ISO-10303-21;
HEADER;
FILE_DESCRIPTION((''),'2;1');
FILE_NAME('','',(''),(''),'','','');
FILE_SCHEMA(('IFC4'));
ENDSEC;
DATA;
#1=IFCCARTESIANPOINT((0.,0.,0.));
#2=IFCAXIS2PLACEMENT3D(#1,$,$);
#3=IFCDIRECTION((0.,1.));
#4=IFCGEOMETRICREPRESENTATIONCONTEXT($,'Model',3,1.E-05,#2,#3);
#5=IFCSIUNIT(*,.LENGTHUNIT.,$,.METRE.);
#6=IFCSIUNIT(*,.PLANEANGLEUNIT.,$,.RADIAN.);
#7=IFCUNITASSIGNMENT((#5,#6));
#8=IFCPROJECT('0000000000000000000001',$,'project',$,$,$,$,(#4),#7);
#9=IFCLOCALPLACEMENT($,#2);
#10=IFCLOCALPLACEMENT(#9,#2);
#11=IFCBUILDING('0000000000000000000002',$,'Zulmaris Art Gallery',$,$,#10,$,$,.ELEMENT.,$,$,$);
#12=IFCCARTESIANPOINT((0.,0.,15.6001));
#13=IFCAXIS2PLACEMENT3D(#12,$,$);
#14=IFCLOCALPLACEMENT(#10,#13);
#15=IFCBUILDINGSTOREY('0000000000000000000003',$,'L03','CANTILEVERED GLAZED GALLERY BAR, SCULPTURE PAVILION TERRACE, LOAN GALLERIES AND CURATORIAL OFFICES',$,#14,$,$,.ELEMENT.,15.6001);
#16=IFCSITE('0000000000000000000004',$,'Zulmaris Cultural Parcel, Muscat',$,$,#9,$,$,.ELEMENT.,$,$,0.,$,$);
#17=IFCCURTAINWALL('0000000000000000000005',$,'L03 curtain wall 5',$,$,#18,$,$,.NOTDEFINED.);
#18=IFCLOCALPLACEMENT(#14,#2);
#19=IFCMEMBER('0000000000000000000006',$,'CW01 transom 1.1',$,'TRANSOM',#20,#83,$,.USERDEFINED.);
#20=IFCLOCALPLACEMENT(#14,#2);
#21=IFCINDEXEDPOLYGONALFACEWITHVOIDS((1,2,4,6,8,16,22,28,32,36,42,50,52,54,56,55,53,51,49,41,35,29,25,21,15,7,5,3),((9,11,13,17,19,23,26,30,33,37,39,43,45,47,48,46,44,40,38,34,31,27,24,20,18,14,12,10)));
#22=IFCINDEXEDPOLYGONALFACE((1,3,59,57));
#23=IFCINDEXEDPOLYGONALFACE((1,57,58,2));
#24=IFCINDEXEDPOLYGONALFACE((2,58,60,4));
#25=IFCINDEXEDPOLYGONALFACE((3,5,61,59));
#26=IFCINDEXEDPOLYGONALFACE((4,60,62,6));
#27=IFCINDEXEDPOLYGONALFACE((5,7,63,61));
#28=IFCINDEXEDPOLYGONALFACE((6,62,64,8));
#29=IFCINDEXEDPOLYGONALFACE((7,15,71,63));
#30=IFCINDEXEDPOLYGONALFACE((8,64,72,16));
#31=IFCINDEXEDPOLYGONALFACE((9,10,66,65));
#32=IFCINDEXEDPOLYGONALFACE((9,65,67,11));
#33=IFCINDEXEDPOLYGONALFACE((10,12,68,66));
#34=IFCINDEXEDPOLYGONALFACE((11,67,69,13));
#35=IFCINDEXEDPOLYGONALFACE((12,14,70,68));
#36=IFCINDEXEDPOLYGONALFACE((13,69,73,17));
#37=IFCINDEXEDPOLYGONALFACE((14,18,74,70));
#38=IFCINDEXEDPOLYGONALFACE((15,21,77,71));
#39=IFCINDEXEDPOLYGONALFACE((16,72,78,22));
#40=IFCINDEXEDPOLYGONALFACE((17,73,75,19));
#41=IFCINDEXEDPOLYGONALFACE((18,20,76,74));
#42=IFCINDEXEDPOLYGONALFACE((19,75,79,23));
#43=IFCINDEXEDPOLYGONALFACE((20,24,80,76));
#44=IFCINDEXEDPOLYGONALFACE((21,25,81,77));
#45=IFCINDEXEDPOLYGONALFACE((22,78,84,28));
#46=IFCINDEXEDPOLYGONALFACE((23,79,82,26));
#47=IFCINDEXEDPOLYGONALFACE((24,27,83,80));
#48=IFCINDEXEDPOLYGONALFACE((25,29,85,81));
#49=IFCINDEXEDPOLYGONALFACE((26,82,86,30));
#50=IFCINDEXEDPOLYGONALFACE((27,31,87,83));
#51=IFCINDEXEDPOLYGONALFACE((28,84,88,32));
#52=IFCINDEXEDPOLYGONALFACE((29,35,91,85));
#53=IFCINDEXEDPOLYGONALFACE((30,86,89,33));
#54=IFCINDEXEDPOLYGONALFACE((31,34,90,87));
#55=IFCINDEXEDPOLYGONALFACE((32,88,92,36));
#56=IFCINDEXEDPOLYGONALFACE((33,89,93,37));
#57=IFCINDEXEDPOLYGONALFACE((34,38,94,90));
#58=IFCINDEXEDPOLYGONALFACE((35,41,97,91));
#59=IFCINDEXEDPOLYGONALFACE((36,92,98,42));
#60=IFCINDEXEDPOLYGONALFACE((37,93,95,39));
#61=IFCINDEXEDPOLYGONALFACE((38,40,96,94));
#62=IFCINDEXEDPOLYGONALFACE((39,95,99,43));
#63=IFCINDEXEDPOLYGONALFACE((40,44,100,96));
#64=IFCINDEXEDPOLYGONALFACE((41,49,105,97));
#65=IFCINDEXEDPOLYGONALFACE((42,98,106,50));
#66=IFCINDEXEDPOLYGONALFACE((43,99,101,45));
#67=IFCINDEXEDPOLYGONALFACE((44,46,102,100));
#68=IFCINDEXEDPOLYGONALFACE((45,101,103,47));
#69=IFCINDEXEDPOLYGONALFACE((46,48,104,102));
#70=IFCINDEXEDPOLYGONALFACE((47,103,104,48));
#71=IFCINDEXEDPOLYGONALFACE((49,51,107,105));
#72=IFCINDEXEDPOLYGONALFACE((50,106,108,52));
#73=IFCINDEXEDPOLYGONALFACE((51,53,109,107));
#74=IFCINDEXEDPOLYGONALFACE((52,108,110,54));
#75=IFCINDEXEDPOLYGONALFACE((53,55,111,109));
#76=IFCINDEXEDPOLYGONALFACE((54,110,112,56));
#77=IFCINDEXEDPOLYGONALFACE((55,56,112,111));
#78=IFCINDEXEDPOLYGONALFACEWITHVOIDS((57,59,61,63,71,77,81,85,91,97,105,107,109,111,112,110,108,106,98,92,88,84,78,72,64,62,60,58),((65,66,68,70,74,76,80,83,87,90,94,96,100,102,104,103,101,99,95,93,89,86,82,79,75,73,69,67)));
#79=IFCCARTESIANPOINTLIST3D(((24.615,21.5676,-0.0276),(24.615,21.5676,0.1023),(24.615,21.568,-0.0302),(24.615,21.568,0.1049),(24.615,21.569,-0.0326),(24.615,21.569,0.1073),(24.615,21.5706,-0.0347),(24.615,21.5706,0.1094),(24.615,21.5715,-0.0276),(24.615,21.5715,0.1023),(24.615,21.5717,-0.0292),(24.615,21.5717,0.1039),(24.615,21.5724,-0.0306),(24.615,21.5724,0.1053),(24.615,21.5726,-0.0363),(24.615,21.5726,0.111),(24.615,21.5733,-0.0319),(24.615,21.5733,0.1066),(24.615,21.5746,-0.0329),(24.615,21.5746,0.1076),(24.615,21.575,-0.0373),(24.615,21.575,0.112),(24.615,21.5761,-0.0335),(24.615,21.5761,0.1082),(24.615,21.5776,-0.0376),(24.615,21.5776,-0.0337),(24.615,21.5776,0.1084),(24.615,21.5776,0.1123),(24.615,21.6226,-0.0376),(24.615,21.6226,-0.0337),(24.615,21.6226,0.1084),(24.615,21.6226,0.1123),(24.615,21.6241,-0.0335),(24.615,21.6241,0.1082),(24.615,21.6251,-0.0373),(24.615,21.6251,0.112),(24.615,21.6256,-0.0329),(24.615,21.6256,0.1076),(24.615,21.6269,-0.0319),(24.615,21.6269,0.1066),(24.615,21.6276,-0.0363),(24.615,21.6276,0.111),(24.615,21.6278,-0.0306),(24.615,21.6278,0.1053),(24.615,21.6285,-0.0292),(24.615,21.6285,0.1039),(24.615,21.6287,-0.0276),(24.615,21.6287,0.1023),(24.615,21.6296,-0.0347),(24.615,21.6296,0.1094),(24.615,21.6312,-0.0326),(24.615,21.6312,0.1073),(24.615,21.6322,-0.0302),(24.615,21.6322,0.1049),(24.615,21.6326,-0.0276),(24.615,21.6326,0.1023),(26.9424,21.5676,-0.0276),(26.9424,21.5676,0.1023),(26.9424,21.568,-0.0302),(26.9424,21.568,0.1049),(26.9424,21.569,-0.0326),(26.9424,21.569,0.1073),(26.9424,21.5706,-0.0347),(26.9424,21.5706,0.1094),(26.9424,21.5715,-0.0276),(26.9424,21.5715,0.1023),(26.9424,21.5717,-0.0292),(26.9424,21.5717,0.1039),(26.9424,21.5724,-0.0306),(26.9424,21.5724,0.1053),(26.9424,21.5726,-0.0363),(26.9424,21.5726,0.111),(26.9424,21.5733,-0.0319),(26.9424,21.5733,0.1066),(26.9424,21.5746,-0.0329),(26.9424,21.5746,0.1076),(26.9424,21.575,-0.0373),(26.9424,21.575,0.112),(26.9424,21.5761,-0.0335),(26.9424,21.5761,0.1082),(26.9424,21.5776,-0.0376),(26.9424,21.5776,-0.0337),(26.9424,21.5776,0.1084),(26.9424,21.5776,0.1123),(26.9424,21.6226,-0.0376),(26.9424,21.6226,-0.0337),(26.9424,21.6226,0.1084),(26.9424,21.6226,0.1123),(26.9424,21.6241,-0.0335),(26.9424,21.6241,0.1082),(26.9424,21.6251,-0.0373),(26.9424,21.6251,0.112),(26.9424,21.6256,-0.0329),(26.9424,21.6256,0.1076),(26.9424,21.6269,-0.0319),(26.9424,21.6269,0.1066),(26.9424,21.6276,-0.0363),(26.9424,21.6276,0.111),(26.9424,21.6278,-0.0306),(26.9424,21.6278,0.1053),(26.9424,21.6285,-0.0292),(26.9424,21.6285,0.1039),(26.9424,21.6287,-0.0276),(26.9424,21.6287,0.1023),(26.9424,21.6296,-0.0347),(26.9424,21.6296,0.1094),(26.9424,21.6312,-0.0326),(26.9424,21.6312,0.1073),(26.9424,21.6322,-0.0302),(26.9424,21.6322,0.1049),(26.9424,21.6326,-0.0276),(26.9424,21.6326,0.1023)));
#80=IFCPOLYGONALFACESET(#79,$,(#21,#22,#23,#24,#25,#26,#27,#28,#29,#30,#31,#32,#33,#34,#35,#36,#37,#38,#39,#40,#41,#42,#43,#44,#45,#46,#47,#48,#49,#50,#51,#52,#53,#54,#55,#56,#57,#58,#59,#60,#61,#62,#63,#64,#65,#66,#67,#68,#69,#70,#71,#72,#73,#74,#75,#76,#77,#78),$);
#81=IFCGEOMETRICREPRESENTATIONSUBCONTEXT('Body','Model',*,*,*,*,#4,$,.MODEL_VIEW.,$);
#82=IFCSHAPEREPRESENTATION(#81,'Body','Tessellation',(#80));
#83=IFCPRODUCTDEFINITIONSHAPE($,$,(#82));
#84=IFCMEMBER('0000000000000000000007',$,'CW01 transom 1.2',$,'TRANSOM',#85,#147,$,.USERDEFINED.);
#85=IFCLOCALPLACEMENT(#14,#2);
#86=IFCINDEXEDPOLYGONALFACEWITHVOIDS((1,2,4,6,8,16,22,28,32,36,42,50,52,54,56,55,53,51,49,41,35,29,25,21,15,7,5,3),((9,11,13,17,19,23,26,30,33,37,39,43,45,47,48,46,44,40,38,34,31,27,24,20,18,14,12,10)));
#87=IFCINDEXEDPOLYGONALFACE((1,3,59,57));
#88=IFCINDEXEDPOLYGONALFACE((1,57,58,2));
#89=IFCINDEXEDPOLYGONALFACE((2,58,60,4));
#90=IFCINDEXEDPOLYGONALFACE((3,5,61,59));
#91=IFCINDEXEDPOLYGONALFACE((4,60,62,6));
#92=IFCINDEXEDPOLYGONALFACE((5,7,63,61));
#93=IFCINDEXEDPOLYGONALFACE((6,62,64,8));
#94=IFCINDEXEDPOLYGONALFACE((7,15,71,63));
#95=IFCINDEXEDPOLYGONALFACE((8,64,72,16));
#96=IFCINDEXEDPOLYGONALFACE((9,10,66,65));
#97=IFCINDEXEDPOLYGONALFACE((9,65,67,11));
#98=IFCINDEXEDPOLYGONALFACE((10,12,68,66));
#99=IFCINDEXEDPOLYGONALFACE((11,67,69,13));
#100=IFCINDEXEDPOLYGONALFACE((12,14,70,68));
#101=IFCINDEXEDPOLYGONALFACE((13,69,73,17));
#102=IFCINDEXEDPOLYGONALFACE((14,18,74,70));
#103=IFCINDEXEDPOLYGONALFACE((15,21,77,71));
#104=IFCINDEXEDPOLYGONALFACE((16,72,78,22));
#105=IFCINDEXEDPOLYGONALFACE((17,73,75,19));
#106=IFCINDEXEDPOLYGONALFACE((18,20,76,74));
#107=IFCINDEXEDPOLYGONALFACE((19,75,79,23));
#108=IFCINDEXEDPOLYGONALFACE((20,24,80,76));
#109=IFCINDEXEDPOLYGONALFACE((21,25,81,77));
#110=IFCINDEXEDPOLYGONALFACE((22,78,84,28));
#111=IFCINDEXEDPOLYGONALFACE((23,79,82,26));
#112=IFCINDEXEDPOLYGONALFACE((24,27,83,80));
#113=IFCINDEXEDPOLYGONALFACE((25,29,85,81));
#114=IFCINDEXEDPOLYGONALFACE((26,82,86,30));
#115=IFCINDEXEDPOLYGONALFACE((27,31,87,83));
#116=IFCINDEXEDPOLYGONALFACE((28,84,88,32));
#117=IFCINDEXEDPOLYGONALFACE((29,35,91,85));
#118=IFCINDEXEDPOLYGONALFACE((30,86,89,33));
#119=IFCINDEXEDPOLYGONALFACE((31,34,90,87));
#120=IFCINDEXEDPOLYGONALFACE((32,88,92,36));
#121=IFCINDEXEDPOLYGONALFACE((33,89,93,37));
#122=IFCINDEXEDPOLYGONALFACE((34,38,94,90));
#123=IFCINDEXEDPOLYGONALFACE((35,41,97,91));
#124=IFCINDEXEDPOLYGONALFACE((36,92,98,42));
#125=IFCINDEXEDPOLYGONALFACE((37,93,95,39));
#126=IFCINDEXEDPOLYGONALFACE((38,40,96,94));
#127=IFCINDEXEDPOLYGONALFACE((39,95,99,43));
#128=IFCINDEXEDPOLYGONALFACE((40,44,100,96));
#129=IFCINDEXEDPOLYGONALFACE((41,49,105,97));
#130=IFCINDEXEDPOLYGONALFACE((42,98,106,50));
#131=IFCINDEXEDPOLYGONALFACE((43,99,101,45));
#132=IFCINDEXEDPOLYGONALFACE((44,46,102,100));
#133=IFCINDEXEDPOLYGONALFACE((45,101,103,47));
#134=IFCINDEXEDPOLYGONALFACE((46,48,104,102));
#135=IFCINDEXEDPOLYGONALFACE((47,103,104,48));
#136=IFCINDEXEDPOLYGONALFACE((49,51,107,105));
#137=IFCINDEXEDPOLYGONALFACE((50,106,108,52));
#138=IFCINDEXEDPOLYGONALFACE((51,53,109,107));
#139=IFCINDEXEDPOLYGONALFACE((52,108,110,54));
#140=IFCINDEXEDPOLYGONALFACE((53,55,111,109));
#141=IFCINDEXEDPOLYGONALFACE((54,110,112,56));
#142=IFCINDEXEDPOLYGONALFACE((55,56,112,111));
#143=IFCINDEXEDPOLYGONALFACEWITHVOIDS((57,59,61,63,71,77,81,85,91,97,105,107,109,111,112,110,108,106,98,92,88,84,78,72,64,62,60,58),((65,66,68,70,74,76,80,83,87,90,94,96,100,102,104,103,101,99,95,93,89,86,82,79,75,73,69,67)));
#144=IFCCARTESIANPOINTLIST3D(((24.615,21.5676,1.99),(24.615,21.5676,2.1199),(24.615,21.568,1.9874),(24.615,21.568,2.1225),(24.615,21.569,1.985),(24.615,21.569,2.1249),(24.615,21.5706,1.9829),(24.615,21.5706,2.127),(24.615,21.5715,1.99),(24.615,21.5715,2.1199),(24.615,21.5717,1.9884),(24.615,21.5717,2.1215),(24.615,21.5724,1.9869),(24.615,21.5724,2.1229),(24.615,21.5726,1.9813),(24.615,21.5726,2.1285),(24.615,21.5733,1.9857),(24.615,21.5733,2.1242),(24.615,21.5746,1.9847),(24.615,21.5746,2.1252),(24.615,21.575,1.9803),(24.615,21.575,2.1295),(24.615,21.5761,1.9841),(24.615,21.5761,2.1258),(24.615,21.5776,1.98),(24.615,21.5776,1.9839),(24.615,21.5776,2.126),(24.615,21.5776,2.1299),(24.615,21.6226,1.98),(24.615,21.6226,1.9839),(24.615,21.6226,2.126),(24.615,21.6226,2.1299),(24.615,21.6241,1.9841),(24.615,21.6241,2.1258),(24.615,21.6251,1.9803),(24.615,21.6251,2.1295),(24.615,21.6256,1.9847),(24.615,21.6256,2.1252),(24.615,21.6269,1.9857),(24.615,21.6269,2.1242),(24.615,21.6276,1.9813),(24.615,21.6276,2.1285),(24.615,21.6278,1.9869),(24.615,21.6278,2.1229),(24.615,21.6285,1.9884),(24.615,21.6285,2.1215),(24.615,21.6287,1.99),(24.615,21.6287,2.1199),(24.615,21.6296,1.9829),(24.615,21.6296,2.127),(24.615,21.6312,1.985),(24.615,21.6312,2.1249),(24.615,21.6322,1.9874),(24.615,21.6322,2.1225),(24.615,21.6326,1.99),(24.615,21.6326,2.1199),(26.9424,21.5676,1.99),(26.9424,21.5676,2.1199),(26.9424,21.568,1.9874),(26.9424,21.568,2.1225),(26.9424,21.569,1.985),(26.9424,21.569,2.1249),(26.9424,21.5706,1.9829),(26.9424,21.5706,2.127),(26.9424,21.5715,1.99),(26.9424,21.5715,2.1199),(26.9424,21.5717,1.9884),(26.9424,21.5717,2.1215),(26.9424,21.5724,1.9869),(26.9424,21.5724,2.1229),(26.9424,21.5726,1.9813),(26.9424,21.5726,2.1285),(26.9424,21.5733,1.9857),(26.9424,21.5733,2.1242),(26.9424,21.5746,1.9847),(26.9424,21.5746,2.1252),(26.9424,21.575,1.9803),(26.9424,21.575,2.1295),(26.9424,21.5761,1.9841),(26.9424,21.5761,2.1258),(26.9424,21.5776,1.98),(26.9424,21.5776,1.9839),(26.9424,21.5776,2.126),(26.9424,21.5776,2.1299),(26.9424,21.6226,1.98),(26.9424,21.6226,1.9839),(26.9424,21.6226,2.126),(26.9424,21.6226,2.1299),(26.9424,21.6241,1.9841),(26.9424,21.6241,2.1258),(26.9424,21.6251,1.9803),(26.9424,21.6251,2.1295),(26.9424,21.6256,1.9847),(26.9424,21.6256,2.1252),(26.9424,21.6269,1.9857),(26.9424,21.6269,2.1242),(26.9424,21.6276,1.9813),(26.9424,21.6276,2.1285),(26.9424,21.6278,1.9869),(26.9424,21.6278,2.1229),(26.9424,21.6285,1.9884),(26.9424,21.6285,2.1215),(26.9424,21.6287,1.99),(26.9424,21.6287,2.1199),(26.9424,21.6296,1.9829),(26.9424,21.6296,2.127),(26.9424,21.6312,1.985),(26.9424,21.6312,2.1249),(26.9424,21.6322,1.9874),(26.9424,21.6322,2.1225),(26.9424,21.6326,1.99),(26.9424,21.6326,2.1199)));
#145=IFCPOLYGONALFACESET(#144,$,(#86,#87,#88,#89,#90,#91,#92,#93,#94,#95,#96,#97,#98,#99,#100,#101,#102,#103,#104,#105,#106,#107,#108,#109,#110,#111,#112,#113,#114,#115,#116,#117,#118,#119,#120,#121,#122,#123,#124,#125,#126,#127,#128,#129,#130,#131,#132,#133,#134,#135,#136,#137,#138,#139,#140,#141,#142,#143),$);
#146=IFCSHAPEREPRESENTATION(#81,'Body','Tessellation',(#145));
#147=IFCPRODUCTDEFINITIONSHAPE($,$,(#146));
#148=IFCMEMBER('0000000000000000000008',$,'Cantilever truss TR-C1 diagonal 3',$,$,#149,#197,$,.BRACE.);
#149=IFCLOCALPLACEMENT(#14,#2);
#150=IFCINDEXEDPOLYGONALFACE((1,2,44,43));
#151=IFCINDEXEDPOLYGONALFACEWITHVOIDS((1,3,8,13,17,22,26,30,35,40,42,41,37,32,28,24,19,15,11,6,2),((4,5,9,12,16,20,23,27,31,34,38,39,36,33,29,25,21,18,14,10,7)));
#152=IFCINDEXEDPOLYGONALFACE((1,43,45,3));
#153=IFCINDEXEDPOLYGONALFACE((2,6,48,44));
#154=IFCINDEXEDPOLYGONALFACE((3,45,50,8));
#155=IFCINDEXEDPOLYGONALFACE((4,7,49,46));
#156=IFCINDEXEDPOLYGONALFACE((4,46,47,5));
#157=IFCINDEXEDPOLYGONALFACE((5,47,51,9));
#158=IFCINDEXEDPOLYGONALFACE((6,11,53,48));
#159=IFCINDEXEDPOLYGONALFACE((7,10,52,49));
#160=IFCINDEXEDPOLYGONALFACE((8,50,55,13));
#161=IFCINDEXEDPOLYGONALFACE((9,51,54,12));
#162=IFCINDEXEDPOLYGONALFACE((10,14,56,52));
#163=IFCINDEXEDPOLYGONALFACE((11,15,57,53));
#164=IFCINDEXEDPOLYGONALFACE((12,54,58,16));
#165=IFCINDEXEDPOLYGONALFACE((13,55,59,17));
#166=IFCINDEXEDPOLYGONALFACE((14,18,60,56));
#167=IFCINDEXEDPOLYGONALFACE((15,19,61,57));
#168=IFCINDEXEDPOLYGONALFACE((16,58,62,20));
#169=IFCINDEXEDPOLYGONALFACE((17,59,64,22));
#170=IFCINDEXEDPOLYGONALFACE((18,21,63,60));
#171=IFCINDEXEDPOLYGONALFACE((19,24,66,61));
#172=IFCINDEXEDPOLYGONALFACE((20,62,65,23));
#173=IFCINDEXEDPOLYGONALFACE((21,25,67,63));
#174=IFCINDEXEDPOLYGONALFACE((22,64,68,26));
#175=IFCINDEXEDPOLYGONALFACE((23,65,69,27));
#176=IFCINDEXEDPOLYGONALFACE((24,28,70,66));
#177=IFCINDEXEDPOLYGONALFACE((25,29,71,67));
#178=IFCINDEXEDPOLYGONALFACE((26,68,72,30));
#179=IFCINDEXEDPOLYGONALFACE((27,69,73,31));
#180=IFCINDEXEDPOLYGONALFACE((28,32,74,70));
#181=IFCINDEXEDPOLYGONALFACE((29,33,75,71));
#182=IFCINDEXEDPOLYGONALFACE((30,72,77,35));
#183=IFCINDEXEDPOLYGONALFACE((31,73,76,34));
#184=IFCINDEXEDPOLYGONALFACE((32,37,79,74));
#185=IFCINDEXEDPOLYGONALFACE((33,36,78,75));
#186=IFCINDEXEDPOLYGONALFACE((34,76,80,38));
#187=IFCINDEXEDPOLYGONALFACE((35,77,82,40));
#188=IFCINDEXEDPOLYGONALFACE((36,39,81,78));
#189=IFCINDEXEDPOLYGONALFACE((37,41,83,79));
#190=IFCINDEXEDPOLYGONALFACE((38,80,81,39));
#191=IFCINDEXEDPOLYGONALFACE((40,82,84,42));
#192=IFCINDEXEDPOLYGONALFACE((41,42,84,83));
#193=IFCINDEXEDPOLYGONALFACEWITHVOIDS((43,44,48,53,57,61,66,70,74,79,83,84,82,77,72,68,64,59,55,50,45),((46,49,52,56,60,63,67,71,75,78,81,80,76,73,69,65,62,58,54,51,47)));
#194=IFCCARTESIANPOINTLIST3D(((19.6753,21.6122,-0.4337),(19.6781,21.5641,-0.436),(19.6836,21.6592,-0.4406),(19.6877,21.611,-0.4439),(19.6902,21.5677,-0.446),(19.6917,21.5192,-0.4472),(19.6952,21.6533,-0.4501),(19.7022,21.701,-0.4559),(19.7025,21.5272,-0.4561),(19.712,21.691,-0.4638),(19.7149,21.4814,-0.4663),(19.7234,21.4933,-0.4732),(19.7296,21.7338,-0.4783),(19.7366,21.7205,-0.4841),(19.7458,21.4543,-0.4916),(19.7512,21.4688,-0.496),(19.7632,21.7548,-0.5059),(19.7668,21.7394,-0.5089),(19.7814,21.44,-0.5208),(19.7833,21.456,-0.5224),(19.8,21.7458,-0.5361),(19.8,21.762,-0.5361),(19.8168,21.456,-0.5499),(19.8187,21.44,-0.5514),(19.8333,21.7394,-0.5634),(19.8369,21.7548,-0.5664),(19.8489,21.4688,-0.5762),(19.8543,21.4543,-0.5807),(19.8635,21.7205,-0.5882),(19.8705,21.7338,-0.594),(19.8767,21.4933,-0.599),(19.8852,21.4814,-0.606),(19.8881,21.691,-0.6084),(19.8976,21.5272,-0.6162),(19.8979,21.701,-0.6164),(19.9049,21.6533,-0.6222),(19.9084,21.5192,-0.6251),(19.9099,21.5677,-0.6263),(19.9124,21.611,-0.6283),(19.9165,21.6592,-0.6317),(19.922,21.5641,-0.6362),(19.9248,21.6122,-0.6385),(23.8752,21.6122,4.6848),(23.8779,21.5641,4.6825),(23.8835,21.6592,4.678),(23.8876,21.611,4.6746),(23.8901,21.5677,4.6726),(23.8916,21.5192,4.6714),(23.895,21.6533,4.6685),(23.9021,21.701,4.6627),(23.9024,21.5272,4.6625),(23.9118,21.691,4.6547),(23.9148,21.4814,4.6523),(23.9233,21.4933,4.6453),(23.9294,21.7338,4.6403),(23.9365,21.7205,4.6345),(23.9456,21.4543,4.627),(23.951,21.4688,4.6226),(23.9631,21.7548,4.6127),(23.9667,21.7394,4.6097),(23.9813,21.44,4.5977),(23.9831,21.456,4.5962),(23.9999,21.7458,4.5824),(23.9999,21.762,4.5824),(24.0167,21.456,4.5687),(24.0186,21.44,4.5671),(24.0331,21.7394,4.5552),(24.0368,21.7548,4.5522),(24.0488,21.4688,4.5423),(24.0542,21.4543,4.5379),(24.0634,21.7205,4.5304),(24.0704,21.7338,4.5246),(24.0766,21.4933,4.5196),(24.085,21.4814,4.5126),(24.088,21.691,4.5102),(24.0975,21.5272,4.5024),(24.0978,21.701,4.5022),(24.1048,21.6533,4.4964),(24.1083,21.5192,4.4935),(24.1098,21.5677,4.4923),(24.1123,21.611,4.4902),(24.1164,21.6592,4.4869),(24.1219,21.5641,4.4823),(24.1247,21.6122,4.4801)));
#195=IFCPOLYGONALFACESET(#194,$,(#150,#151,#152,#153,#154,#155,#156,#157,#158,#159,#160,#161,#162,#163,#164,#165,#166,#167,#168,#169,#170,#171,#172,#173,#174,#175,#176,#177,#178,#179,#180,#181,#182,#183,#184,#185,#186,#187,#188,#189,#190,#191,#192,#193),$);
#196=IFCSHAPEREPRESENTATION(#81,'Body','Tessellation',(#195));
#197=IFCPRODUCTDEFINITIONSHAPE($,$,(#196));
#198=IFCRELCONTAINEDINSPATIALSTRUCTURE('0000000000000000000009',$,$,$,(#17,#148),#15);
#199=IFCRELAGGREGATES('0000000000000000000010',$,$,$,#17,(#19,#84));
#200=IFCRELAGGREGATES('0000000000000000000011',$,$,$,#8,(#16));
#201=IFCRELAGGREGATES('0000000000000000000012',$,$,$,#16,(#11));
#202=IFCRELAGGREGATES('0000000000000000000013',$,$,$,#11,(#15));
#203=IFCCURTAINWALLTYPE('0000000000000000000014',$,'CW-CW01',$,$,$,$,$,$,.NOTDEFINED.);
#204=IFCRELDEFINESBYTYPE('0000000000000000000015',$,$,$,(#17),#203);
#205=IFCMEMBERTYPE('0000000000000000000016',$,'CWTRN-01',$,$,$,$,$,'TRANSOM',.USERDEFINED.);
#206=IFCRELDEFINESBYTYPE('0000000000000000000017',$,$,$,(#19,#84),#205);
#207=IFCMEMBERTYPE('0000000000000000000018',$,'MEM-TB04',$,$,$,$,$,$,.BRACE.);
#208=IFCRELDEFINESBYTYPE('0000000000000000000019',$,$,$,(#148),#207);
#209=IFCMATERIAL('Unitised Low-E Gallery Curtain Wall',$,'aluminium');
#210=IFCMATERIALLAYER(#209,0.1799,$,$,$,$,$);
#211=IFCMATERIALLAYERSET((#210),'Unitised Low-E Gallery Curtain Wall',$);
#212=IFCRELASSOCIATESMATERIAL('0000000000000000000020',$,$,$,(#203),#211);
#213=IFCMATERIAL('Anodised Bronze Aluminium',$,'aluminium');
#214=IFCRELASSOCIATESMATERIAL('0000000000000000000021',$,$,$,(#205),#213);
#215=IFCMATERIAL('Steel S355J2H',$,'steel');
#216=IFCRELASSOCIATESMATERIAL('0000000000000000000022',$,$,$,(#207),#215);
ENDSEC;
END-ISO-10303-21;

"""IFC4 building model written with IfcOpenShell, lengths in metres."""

from ifc_helpers import new_model, si_unit, direction, frame, origin, origin_2d, place, context, subcontext, project, spatial, hollow_rectangle, hollow_circle, extrude, material, layer, layer_set, material_profile, profile_set, type_object, element, aggregate, save


model = new_model("IFC4")

# Units and contexts
model_context = context("Model", 3, precision=1e-05, world=origin(), true_north=direction((0.0, 1.0)))
body_context = subcontext(model_context, "Body", "Model", "MODEL_VIEW")
ifc_project = project(units=[si_unit("LENGTHUNIT", "METRE"), si_unit("PLANEANGLEUNIT", "RADIAN")], contexts=[model_context])

# Site, building, storey
site_placement = place(None, origin())
site = spatial("IfcSite", under=ifc_project, at=site_placement, Name="Zulmaris Cultural Parcel, Muscat", CompositionType="ELEMENT", RefElevation=0.0)
building_placement = place(site_placement, origin())
building = spatial("IfcBuilding", under=site, at=building_placement, Name="Zulmaris Art Gallery", CompositionType="ELEMENT")
storey_placement = place(building_placement, frame((0.0, 0.0, 15.6001)))
storey = spatial("IfcBuildingStorey", under=building, at=storey_placement, Name="L03", Description="CANTILEVERED GLAZED GALLERY BAR, SCULPTURE PAVILION TERRACE, LOAN GALLERIES AND CURATORIAL OFFICES", CompositionType="ELEMENT", Elevation=15.6001)

# Shared definitions
ifc_material_1 = material(Name="Unitised Low-E Gallery Curtain Wall", Category="aluminium")
ifc_layer_1 = layer(ifc_material_1, 0.1799)
ifc_layer_set_1 = layer_set([ifc_layer_1], Name="Unitised Low-E Gallery Curtain Wall")
curtain_wall_type = type_object("IfcCurtainWallType", Name="CW-CW01", PredefinedType="NOTDEFINED", material=ifc_layer_set_1)
ifc_material_2 = material(Name="Anodised Bronze Aluminium", Category="aluminium")

# Curtain wall
curtain_wall_1_placement = place(storey_placement, origin())
curtain_wall_1 = element("IfcCurtainWall", 1, at=curtain_wall_1_placement, inside=storey, type_object=curtain_wall_type, Name="L03 curtain wall 5", PredefinedType="NOTDEFINED")

# Members
ifc_material_profile_1 = material_profile(ifc_material_2, hollow_rectangle(XDim=0.0649, YDim=0.1499, WallThickness=0.0039, InnerFilletRadius=0.0061, OuterFilletRadius=0.01, at=origin_2d()), Name="ALU 65x150x4")
ifc_profile_set_1 = profile_set([ifc_material_profile_1], Name="Anodised Bronze Aluminium")
member_type_1 = type_object("IfcMemberType", Name="CWTRN-01", ElementType="TRANSOM", PredefinedType="USERDEFINED", material=ifc_profile_set_1)
member_1_placement = place(storey_placement, frame((24.615, 21.6001, 0.0374), z_axis=(1.0, 0.0, 0.0), x_axis=(0.0, 1.0, 0.0)))
member_1 = element("IfcMember", 2, at=member_1_placement, type_object=member_type_1, Name="CW01 transom 1.1", ObjectType="TRANSOM", PredefinedType="USERDEFINED", context=body_context, shape_type="SweptSolid", body=[
    extrude(hollow_rectangle(XDim=0.0649, YDim=0.1499, WallThickness=0.0039, InnerFilletRadius=0.0061, OuterFilletRadius=0.01, at=origin_2d()), origin(), (0.0, 0.0, 1.0), 2.3274),
])
member_2_placement = place(storey_placement, frame((24.615, 21.6001, 2.0549), z_axis=(1.0, 0.0, 0.0), x_axis=(0.0, 1.0, 0.0)))
member_2 = element("IfcMember", 3, at=member_2_placement, type_object=member_type_1, Name="CW01 transom 1.2", ObjectType="TRANSOM", PredefinedType="USERDEFINED", context=body_context, shape_type="SweptSolid", body=[
    extrude(hollow_rectangle(XDim=0.0649, YDim=0.1499, WallThickness=0.0039, InnerFilletRadius=0.0061, OuterFilletRadius=0.01, at=origin_2d()), origin(), (0.0, 0.0, 1.0), 2.3274),
])
aggregate(curtain_wall_1, [member_1, member_2])

# Member
ifc_material_3 = material(Name="Steel S355J2H", Category="steel")
ifc_material_profile_2 = material_profile(ifc_material_3, hollow_circle(Radius=0.1619, WallThickness=0.0161, at=origin_2d()), Name="CHS 323.9x16")
ifc_profile_set_2 = profile_set([ifc_material_profile_2], Name="Steel S355J2H")
member_type_2 = type_object("IfcMemberType", Name="MEM-TB04", PredefinedType="BRACE", material=ifc_profile_set_2)
for number, where, z_axis, x_axis, name in (
    (4, (19.8, 21.6001, -0.5361), (0.634319, 0.0, 0.773071), (0.0, 1.0, 0.0), "Cantilever truss TR-C1 diagonal 3"),
):
    element("IfcMember", number, at=place(storey_placement, frame(where, z_axis=z_axis, x_axis=x_axis)), inside=storey, type_object=member_type_2, Name=name, PredefinedType="BRACE", context=body_context, shape_type="SweptSolid", body=[
        extrude(hollow_circle(Radius=0.1619, WallThickness=0.0161, at=origin_2d()), origin(), (0.0, 0.0, 1.0), 6.6211),
    ])

save(model, "model.ifc")
